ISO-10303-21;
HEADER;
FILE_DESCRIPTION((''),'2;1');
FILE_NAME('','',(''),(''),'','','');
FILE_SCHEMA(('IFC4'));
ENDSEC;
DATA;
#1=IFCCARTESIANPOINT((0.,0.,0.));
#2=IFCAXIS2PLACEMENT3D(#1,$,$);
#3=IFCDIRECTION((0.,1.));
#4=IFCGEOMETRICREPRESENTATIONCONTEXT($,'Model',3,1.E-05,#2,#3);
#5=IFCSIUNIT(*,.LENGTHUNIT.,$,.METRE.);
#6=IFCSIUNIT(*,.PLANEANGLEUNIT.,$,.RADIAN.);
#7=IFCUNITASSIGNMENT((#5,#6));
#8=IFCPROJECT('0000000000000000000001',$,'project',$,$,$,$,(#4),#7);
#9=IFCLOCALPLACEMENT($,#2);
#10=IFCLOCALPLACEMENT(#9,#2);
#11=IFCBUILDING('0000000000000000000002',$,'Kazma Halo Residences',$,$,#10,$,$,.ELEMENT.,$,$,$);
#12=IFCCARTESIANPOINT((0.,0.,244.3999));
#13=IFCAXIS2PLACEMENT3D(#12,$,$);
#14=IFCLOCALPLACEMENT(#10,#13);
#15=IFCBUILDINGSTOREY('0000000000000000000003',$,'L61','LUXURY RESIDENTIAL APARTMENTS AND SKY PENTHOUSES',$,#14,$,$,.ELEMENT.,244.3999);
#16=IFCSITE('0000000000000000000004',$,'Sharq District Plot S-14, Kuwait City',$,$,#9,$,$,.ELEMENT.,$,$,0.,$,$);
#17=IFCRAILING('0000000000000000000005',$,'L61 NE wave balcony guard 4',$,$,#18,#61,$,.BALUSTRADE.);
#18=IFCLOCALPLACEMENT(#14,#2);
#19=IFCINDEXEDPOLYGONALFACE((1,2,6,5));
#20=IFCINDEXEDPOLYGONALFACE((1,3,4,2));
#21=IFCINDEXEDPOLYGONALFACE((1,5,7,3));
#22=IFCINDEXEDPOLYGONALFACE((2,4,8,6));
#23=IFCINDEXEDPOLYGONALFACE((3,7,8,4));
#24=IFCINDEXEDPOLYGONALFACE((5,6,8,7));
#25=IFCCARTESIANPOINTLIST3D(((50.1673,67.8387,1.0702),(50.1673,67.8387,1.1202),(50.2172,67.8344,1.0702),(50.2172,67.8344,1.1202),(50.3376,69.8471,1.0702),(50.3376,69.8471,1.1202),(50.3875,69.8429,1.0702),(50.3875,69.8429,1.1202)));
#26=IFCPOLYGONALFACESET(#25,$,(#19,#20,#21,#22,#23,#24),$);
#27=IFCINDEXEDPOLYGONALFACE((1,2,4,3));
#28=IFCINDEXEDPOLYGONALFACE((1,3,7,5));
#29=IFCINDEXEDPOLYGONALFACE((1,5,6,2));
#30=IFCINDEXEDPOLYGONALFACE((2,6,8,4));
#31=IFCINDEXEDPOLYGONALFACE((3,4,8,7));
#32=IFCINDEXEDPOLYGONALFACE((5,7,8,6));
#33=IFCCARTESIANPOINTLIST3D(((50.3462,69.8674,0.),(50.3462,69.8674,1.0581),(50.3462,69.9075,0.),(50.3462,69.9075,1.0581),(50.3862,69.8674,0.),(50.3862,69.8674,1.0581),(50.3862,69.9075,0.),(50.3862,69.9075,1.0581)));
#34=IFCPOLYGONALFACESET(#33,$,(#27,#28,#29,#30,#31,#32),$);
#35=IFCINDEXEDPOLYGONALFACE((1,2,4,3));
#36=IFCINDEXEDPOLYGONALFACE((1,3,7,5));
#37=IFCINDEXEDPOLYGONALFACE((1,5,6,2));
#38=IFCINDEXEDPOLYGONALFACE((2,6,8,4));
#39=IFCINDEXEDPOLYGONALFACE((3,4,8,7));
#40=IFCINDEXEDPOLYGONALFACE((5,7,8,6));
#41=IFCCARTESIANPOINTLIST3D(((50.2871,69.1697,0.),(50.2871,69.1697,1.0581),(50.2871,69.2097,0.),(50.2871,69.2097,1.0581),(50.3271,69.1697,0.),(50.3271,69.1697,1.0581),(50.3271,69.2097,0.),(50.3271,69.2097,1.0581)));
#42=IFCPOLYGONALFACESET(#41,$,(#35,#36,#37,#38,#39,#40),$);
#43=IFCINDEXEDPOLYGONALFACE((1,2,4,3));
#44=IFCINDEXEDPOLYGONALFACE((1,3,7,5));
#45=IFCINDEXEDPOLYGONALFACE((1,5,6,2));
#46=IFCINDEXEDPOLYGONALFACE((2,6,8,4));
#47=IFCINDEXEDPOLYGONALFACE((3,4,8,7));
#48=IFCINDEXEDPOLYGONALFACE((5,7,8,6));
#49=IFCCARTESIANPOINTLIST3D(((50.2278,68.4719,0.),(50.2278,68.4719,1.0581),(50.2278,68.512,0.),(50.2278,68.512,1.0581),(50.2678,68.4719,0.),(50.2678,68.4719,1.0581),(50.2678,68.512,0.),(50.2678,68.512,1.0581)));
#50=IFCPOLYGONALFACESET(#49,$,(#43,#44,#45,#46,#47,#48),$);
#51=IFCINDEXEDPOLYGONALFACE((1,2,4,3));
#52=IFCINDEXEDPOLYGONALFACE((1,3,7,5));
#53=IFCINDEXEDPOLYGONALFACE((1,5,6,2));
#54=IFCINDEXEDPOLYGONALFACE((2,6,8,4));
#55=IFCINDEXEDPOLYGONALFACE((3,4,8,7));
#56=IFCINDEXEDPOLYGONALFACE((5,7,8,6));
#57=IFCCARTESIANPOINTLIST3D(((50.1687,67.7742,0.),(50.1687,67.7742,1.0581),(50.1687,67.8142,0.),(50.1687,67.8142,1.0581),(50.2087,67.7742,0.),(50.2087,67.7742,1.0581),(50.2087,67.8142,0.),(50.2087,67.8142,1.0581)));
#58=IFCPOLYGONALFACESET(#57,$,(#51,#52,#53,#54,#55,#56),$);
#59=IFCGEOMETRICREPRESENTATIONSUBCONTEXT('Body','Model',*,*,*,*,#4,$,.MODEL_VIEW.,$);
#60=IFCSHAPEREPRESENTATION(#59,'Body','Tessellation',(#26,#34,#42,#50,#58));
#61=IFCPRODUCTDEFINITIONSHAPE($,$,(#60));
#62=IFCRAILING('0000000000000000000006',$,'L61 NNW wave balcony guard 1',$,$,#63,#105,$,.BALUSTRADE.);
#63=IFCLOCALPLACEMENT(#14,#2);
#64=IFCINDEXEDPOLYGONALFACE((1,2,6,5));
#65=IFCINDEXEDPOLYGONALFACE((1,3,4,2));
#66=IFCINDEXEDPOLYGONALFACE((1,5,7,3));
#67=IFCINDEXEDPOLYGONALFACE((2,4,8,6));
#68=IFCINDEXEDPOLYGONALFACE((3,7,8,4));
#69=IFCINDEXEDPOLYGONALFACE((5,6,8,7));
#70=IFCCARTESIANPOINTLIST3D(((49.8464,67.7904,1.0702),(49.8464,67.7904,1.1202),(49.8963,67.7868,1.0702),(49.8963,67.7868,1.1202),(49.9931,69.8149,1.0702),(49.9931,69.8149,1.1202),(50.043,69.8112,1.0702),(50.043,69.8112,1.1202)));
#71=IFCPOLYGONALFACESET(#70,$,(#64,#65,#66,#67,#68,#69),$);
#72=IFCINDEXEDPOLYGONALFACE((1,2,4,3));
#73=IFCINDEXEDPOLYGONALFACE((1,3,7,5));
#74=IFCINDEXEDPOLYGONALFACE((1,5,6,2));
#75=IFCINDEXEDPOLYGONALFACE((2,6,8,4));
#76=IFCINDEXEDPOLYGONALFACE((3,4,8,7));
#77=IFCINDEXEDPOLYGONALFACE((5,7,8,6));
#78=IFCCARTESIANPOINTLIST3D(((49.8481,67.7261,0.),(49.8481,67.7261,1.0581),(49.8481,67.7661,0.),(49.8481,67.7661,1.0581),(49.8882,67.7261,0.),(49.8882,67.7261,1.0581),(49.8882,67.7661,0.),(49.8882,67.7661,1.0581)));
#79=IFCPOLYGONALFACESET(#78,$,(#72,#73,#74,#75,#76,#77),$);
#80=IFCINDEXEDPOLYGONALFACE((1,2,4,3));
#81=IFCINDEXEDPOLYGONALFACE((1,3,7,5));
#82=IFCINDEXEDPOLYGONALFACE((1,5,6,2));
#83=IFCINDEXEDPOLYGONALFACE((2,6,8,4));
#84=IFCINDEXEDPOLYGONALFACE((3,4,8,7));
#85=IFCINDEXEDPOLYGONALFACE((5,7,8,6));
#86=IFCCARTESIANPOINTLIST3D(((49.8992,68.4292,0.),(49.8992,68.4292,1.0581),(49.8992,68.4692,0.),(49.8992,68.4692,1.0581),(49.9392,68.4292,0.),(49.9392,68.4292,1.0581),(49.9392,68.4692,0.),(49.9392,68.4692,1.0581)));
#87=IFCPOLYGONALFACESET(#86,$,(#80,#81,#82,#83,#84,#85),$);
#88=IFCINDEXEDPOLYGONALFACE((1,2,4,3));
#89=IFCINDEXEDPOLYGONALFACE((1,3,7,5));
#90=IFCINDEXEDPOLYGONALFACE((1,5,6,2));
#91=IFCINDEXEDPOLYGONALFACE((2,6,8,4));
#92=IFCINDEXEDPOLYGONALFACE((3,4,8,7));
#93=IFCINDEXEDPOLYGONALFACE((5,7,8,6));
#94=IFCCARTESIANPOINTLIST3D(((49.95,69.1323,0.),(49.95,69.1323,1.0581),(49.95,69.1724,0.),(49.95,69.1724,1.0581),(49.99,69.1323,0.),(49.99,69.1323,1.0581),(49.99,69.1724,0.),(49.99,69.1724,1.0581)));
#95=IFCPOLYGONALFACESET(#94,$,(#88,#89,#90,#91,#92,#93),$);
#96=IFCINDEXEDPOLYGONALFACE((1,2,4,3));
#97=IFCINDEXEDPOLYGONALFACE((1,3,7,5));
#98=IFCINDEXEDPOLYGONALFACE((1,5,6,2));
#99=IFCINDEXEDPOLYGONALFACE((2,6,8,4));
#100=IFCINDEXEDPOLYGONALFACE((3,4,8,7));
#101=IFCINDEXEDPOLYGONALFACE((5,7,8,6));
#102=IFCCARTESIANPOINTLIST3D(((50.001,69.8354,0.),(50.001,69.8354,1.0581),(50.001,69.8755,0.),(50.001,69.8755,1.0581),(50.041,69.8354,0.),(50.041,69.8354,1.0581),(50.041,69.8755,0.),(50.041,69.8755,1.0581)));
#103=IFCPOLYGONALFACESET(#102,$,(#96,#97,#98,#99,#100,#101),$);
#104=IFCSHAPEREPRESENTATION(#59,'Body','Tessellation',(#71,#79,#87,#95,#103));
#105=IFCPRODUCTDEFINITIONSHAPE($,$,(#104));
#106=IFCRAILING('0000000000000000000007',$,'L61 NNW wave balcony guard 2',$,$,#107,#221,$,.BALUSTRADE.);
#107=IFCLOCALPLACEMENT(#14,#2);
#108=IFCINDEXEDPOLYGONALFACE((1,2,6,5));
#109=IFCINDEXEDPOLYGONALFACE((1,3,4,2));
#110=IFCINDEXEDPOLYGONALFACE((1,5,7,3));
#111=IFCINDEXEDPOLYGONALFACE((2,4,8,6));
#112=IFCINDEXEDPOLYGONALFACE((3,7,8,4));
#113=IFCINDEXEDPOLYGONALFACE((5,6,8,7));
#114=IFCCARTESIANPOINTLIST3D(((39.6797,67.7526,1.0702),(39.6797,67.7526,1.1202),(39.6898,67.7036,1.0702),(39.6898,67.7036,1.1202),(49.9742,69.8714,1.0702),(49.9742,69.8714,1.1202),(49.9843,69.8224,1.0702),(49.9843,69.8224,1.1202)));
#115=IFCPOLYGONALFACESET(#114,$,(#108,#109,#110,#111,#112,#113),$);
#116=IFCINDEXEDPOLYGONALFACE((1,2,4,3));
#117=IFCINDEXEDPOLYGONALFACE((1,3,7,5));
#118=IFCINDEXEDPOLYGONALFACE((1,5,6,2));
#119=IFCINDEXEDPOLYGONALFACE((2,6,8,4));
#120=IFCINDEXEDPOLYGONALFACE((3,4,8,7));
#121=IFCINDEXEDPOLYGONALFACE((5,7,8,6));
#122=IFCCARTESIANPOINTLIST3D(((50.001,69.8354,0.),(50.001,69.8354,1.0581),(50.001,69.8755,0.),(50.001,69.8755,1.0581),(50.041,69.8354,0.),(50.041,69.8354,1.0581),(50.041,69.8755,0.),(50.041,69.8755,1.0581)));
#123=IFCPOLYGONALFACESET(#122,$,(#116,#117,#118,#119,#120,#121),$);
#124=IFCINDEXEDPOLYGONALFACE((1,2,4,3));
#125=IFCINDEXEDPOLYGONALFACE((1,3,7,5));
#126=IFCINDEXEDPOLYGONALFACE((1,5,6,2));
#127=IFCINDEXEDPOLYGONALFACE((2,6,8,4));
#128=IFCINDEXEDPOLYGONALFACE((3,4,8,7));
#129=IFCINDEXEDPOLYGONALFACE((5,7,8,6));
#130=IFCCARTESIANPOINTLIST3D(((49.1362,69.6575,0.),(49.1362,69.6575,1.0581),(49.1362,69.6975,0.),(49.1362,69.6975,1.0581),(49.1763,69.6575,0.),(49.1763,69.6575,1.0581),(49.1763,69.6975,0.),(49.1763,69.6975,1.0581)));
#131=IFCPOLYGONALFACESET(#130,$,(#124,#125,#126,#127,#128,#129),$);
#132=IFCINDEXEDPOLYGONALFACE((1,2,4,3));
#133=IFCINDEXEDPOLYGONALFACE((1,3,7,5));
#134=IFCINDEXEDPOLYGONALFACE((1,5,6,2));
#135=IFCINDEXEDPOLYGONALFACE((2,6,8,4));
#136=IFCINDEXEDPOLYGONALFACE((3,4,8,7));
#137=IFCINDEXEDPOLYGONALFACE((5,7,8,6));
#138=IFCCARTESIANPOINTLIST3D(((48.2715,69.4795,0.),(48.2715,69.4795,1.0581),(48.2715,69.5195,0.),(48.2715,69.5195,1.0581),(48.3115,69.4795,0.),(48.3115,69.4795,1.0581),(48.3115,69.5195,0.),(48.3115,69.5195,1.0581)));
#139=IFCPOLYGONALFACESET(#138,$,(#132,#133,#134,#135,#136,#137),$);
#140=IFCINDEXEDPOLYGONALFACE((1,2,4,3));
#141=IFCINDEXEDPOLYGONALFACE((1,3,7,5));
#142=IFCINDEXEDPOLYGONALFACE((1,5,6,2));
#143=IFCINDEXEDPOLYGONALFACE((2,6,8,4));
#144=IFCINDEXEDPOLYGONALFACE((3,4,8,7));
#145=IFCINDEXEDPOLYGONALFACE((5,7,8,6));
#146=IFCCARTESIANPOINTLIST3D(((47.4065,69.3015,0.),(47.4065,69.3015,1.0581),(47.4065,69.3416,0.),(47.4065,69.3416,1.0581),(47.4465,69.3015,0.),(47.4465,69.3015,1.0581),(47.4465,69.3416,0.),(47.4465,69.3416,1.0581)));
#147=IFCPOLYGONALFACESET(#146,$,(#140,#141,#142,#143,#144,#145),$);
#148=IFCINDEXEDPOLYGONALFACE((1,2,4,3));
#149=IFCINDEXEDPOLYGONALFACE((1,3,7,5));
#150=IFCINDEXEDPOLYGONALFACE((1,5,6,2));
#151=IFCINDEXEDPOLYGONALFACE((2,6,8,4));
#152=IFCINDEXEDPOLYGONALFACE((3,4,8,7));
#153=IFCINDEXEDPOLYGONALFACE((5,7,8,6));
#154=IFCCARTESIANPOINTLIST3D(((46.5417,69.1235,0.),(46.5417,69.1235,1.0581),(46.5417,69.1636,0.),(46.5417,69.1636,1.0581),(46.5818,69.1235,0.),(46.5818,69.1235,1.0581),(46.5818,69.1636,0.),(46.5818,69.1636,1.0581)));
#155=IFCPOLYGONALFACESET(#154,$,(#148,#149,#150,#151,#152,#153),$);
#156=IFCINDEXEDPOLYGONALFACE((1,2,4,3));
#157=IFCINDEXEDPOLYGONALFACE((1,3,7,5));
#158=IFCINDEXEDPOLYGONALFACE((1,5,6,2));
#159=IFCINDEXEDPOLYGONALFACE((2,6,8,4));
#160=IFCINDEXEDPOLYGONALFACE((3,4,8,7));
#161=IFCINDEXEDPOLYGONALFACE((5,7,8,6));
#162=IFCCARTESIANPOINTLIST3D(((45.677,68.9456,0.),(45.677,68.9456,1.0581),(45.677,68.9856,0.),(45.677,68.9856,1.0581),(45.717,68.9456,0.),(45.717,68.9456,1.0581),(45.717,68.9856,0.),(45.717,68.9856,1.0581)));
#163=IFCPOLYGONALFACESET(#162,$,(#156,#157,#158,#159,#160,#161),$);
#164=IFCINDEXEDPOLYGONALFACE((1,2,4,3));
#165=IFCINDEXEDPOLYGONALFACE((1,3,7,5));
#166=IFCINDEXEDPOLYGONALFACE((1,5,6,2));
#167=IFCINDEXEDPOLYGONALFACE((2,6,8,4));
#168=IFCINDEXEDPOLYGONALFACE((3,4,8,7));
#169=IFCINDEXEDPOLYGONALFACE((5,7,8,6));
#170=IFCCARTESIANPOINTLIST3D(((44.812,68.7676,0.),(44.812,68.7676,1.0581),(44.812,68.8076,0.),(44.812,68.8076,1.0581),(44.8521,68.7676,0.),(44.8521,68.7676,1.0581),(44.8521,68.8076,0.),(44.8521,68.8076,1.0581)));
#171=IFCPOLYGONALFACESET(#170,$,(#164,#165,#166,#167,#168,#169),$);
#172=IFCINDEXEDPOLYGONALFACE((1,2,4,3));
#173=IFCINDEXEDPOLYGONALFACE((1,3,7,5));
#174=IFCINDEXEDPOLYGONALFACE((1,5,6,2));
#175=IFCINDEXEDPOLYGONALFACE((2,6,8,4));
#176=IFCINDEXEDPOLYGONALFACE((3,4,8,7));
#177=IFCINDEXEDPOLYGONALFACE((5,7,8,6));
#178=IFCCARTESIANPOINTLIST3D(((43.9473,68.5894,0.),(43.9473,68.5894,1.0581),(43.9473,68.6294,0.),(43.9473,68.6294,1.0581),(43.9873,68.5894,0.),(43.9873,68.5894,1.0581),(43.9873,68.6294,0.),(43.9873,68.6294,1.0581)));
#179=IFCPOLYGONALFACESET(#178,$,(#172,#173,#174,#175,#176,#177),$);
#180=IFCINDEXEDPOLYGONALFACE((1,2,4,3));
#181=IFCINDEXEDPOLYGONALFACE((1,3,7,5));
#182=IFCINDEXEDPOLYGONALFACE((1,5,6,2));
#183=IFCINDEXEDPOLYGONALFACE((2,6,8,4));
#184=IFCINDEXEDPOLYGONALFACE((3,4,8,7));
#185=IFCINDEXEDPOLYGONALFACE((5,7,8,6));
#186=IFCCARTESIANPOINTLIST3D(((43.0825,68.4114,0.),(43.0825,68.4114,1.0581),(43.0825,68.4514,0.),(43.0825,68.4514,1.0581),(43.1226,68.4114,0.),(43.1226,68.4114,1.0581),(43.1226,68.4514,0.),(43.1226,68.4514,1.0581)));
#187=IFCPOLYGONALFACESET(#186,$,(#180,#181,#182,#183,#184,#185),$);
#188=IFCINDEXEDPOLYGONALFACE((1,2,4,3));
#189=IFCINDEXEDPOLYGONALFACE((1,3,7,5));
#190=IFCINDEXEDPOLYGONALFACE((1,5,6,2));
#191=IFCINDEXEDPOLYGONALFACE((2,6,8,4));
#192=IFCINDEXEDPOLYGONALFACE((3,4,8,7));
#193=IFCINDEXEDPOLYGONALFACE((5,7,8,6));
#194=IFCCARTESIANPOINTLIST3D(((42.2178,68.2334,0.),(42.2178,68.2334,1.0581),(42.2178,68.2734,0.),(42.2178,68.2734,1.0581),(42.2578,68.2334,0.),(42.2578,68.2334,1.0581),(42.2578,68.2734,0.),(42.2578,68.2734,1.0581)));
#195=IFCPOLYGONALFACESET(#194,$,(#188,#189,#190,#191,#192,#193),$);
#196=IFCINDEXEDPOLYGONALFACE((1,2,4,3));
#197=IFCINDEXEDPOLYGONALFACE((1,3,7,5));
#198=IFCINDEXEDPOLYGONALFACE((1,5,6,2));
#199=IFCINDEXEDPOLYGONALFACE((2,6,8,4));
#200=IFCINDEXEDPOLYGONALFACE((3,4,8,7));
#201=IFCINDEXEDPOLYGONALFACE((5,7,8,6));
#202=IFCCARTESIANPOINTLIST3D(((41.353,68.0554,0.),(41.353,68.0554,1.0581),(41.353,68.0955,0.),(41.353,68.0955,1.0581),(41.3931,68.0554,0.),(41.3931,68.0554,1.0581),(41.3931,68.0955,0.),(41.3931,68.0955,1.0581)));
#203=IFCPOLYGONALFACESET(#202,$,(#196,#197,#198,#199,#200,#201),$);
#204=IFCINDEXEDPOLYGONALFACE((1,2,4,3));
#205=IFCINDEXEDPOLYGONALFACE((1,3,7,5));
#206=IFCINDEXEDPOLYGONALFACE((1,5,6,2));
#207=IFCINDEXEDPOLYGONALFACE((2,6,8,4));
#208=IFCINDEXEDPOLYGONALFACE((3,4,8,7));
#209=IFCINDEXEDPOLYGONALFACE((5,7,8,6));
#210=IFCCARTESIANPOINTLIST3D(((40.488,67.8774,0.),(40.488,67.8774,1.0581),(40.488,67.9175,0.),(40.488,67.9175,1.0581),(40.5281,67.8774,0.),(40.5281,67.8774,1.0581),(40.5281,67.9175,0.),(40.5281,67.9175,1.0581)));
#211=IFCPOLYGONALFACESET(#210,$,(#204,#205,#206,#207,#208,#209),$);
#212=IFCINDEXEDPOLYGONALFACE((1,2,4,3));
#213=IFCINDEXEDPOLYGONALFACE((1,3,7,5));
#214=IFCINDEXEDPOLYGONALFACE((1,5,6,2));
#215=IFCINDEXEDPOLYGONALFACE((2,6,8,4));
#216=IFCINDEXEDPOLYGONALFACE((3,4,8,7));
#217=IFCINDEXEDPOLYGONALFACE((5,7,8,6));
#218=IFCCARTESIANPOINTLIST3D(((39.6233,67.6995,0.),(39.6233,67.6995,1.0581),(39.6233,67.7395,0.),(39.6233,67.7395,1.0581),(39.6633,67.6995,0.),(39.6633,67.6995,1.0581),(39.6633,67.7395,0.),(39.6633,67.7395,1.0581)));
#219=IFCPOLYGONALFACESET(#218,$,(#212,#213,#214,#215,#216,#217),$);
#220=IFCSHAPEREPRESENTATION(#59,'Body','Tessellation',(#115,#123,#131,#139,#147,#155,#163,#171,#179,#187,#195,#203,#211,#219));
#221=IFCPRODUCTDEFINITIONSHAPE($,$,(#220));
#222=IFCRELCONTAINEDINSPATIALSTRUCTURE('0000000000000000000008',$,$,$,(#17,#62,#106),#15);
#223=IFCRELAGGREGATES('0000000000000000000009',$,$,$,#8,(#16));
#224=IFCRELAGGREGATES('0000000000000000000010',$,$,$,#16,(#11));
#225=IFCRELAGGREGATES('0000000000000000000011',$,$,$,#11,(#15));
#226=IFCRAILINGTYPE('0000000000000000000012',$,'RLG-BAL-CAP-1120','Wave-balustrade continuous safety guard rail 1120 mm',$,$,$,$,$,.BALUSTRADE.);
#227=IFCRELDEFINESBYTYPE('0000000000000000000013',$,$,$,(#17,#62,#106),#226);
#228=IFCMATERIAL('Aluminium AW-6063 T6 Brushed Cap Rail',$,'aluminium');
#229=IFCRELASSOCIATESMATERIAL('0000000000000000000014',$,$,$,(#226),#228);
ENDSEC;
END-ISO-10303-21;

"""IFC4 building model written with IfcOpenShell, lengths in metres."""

from ifc_helpers import new_model, si_unit, direction, frame, origin, origin_2d, place, context, subcontext, project, spatial, rectangle, extrude, material, type_object, element, save


model = new_model("IFC4")

# Units and contexts
model_context = context("Model", 3, precision=1e-05, world=origin(), true_north=direction((0.0, 1.0)))
body_context = subcontext(model_context, "Body", "Model", "MODEL_VIEW")
ifc_project = project(units=[si_unit("LENGTHUNIT", "METRE"), si_unit("PLANEANGLEUNIT", "RADIAN")], contexts=[model_context])

# Site, building, storey
site_placement = place(None, origin())
site = spatial("IfcSite", under=ifc_project, at=site_placement, Name="Sharq District Plot S-14, Kuwait City", CompositionType="ELEMENT", RefElevation=0.0)
building_placement = place(site_placement, origin())
building = spatial("IfcBuilding", under=site, at=building_placement, Name="Kazma Halo Residences", CompositionType="ELEMENT")
storey_placement = place(building_placement, frame((0.0, 0.0, 244.3999)))
storey = spatial("IfcBuildingStorey", under=building, at=storey_placement, Name="L61", Description="LUXURY RESIDENTIAL APARTMENTS AND SKY PENTHOUSES", CompositionType="ELEMENT", Elevation=244.3999)

# Railings
ifc_material_1 = material(Name="Aluminium AW-6063 T6 Brushed Cap Rail", Category="aluminium")
railing_type = type_object("IfcRailingType", Name="RLG-BAL-CAP-1120", Description="Wave-balustrade continuous safety guard rail 1120 mm", PredefinedType="BALUSTRADE", material=ifc_material_1)
railing_1_placement = place(storey_placement, frame((50.3662, 69.8875, 0.0)))
element("IfcRailing", 1, at=railing_1_placement, inside=storey, type_object=railing_type, Name="L61 NE wave balcony guard 4", PredefinedType="BALUSTRADE", context=body_context, shape_type="SweptSolid", body=[
    extrude(rectangle(XDim=0.05, YDim=0.05, at=origin_2d()), frame((-0.0037, -0.0425, 1.0952), z_axis=(-0.084488, -0.996424, 0.0), x_axis=(0.996424, -0.084488, 0.0)), (0.0, 0.0, 1.0), 2.0156),
    extrude(rectangle(XDim=0.04, YDim=0.04, at=origin_2d()), origin(), (0.0, 0.0, 1.0), 1.0581),
    extrude(rectangle(XDim=0.04, YDim=0.04, at=origin_2d()), frame((-0.0591, -0.6978, 0.0)), (0.0, 0.0, 1.0), 1.0581),
    extrude(rectangle(XDim=0.04, YDim=0.04, at=origin_2d()), frame((-0.1184, -1.3955, 0.0)), (0.0, 0.0, 1.0), 1.0581),
    extrude(rectangle(XDim=0.04, YDim=0.04, at=origin_2d()), frame((-0.1775, -2.0933, 0.0)), (0.0, 0.0, 1.0), 1.0581),
])
railing_2_placement = place(storey_placement, frame((49.8682, 67.7461, 0.0)))
element("IfcRailing", 2, at=railing_2_placement, inside=storey, type_object=railing_type, Name="L61 NNW wave balcony guard 1", PredefinedType="BALUSTRADE", context=body_context, shape_type="SweptSolid", body=[
    extrude(rectangle(XDim=0.05, YDim=0.05, at=origin_2d()), frame((0.0032, 0.0425, 1.0952), z_axis=(0.072264, 0.997386, 0.0), x_axis=(-0.997386, 0.072264, 0.0)), (0.0, 0.0, 1.0), 2.0298),
    extrude(rectangle(XDim=0.04, YDim=0.04, at=origin_2d()), origin(), (0.0, 0.0, 1.0), 1.0581),
    extrude(rectangle(XDim=0.04, YDim=0.04, at=origin_2d()), frame((0.051, 0.7031, 0.0)), (0.0, 0.0, 1.0), 1.0581),
    extrude(rectangle(XDim=0.04, YDim=0.04, at=origin_2d()), frame((0.1018, 1.4062, 0.0)), (0.0, 0.0, 1.0), 1.0581),
    extrude(rectangle(XDim=0.04, YDim=0.04, at=origin_2d()), frame((0.1528, 2.1094, 0.0)), (0.0, 0.0, 1.0), 1.0581),
])
railing_3_placement = place(storey_placement, frame((50.021, 69.8555, 0.0)))
element("IfcRailing", 3, at=railing_3_placement, inside=storey, type_object=railing_type, Name="L61 NNW wave balcony guard 2", PredefinedType="BALUSTRADE", context=body_context, shape_type="SweptSolid", body=[
    extrude(rectangle(XDim=0.05, YDim=0.05, at=origin_2d()), frame((-0.0417, -0.0085, 1.0952), z_axis=(-0.979468, -0.201599, 0.0), x_axis=(0.201599, -0.979468, 0.0)), (0.0, 0.0, 1.0), 10.5103),
    extrude(rectangle(XDim=0.04, YDim=0.04, at=origin_2d()), origin(), (0.0, 0.0, 1.0), 1.0581),
    extrude(rectangle(XDim=0.04, YDim=0.04, at=origin_2d()), frame((-0.8647, -0.178, 0.0)), (0.0, 0.0, 1.0), 1.0581),
    extrude(rectangle(XDim=0.04, YDim=0.04, at=origin_2d()), frame((-1.7295, -0.356, 0.0)), (0.0, 0.0, 1.0), 1.0581),
    extrude(rectangle(XDim=0.04, YDim=0.04, at=origin_2d()), frame((-2.5945, -0.5339, 0.0)), (0.0, 0.0, 1.0), 1.0581),
    extrude(rectangle(XDim=0.04, YDim=0.04, at=origin_2d()), frame((-3.4592, -0.7119, 0.0)), (0.0, 0.0, 1.0), 1.0581),
    extrude(rectangle(XDim=0.04, YDim=0.04, at=origin_2d()), frame((-4.324, -0.8899, 0.0)), (0.0, 0.0, 1.0), 1.0581),
    extrude(rectangle(XDim=0.04, YDim=0.04, at=origin_2d()), frame((-5.189, -1.0679, 0.0)), (0.0, 0.0, 1.0), 1.0581),
    extrude(rectangle(XDim=0.04, YDim=0.04, at=origin_2d()), frame((-6.0537, -1.2461, 0.0)), (0.0, 0.0, 1.0), 1.0581),
    extrude(rectangle(XDim=0.04, YDim=0.04, at=origin_2d()), frame((-6.9185, -1.4241, 0.0)), (0.0, 0.0, 1.0), 1.0581),
    extrude(rectangle(XDim=0.04, YDim=0.04, at=origin_2d()), frame((-7.7832, -1.6021, 0.0)), (0.0, 0.0, 1.0), 1.0581),
    extrude(rectangle(XDim=0.04, YDim=0.04, at=origin_2d()), frame((-8.6479, -1.78, 0.0)), (0.0, 0.0, 1.0), 1.0581),
    extrude(rectangle(XDim=0.04, YDim=0.04, at=origin_2d()), frame((-9.5129, -1.958, 0.0)), (0.0, 0.0, 1.0), 1.0581),
    extrude(rectangle(XDim=0.04, YDim=0.04, at=origin_2d()), frame((-10.3777, -2.136, 0.0)), (0.0, 0.0, 1.0), 1.0581),
])

save(model, "model.ifc")
